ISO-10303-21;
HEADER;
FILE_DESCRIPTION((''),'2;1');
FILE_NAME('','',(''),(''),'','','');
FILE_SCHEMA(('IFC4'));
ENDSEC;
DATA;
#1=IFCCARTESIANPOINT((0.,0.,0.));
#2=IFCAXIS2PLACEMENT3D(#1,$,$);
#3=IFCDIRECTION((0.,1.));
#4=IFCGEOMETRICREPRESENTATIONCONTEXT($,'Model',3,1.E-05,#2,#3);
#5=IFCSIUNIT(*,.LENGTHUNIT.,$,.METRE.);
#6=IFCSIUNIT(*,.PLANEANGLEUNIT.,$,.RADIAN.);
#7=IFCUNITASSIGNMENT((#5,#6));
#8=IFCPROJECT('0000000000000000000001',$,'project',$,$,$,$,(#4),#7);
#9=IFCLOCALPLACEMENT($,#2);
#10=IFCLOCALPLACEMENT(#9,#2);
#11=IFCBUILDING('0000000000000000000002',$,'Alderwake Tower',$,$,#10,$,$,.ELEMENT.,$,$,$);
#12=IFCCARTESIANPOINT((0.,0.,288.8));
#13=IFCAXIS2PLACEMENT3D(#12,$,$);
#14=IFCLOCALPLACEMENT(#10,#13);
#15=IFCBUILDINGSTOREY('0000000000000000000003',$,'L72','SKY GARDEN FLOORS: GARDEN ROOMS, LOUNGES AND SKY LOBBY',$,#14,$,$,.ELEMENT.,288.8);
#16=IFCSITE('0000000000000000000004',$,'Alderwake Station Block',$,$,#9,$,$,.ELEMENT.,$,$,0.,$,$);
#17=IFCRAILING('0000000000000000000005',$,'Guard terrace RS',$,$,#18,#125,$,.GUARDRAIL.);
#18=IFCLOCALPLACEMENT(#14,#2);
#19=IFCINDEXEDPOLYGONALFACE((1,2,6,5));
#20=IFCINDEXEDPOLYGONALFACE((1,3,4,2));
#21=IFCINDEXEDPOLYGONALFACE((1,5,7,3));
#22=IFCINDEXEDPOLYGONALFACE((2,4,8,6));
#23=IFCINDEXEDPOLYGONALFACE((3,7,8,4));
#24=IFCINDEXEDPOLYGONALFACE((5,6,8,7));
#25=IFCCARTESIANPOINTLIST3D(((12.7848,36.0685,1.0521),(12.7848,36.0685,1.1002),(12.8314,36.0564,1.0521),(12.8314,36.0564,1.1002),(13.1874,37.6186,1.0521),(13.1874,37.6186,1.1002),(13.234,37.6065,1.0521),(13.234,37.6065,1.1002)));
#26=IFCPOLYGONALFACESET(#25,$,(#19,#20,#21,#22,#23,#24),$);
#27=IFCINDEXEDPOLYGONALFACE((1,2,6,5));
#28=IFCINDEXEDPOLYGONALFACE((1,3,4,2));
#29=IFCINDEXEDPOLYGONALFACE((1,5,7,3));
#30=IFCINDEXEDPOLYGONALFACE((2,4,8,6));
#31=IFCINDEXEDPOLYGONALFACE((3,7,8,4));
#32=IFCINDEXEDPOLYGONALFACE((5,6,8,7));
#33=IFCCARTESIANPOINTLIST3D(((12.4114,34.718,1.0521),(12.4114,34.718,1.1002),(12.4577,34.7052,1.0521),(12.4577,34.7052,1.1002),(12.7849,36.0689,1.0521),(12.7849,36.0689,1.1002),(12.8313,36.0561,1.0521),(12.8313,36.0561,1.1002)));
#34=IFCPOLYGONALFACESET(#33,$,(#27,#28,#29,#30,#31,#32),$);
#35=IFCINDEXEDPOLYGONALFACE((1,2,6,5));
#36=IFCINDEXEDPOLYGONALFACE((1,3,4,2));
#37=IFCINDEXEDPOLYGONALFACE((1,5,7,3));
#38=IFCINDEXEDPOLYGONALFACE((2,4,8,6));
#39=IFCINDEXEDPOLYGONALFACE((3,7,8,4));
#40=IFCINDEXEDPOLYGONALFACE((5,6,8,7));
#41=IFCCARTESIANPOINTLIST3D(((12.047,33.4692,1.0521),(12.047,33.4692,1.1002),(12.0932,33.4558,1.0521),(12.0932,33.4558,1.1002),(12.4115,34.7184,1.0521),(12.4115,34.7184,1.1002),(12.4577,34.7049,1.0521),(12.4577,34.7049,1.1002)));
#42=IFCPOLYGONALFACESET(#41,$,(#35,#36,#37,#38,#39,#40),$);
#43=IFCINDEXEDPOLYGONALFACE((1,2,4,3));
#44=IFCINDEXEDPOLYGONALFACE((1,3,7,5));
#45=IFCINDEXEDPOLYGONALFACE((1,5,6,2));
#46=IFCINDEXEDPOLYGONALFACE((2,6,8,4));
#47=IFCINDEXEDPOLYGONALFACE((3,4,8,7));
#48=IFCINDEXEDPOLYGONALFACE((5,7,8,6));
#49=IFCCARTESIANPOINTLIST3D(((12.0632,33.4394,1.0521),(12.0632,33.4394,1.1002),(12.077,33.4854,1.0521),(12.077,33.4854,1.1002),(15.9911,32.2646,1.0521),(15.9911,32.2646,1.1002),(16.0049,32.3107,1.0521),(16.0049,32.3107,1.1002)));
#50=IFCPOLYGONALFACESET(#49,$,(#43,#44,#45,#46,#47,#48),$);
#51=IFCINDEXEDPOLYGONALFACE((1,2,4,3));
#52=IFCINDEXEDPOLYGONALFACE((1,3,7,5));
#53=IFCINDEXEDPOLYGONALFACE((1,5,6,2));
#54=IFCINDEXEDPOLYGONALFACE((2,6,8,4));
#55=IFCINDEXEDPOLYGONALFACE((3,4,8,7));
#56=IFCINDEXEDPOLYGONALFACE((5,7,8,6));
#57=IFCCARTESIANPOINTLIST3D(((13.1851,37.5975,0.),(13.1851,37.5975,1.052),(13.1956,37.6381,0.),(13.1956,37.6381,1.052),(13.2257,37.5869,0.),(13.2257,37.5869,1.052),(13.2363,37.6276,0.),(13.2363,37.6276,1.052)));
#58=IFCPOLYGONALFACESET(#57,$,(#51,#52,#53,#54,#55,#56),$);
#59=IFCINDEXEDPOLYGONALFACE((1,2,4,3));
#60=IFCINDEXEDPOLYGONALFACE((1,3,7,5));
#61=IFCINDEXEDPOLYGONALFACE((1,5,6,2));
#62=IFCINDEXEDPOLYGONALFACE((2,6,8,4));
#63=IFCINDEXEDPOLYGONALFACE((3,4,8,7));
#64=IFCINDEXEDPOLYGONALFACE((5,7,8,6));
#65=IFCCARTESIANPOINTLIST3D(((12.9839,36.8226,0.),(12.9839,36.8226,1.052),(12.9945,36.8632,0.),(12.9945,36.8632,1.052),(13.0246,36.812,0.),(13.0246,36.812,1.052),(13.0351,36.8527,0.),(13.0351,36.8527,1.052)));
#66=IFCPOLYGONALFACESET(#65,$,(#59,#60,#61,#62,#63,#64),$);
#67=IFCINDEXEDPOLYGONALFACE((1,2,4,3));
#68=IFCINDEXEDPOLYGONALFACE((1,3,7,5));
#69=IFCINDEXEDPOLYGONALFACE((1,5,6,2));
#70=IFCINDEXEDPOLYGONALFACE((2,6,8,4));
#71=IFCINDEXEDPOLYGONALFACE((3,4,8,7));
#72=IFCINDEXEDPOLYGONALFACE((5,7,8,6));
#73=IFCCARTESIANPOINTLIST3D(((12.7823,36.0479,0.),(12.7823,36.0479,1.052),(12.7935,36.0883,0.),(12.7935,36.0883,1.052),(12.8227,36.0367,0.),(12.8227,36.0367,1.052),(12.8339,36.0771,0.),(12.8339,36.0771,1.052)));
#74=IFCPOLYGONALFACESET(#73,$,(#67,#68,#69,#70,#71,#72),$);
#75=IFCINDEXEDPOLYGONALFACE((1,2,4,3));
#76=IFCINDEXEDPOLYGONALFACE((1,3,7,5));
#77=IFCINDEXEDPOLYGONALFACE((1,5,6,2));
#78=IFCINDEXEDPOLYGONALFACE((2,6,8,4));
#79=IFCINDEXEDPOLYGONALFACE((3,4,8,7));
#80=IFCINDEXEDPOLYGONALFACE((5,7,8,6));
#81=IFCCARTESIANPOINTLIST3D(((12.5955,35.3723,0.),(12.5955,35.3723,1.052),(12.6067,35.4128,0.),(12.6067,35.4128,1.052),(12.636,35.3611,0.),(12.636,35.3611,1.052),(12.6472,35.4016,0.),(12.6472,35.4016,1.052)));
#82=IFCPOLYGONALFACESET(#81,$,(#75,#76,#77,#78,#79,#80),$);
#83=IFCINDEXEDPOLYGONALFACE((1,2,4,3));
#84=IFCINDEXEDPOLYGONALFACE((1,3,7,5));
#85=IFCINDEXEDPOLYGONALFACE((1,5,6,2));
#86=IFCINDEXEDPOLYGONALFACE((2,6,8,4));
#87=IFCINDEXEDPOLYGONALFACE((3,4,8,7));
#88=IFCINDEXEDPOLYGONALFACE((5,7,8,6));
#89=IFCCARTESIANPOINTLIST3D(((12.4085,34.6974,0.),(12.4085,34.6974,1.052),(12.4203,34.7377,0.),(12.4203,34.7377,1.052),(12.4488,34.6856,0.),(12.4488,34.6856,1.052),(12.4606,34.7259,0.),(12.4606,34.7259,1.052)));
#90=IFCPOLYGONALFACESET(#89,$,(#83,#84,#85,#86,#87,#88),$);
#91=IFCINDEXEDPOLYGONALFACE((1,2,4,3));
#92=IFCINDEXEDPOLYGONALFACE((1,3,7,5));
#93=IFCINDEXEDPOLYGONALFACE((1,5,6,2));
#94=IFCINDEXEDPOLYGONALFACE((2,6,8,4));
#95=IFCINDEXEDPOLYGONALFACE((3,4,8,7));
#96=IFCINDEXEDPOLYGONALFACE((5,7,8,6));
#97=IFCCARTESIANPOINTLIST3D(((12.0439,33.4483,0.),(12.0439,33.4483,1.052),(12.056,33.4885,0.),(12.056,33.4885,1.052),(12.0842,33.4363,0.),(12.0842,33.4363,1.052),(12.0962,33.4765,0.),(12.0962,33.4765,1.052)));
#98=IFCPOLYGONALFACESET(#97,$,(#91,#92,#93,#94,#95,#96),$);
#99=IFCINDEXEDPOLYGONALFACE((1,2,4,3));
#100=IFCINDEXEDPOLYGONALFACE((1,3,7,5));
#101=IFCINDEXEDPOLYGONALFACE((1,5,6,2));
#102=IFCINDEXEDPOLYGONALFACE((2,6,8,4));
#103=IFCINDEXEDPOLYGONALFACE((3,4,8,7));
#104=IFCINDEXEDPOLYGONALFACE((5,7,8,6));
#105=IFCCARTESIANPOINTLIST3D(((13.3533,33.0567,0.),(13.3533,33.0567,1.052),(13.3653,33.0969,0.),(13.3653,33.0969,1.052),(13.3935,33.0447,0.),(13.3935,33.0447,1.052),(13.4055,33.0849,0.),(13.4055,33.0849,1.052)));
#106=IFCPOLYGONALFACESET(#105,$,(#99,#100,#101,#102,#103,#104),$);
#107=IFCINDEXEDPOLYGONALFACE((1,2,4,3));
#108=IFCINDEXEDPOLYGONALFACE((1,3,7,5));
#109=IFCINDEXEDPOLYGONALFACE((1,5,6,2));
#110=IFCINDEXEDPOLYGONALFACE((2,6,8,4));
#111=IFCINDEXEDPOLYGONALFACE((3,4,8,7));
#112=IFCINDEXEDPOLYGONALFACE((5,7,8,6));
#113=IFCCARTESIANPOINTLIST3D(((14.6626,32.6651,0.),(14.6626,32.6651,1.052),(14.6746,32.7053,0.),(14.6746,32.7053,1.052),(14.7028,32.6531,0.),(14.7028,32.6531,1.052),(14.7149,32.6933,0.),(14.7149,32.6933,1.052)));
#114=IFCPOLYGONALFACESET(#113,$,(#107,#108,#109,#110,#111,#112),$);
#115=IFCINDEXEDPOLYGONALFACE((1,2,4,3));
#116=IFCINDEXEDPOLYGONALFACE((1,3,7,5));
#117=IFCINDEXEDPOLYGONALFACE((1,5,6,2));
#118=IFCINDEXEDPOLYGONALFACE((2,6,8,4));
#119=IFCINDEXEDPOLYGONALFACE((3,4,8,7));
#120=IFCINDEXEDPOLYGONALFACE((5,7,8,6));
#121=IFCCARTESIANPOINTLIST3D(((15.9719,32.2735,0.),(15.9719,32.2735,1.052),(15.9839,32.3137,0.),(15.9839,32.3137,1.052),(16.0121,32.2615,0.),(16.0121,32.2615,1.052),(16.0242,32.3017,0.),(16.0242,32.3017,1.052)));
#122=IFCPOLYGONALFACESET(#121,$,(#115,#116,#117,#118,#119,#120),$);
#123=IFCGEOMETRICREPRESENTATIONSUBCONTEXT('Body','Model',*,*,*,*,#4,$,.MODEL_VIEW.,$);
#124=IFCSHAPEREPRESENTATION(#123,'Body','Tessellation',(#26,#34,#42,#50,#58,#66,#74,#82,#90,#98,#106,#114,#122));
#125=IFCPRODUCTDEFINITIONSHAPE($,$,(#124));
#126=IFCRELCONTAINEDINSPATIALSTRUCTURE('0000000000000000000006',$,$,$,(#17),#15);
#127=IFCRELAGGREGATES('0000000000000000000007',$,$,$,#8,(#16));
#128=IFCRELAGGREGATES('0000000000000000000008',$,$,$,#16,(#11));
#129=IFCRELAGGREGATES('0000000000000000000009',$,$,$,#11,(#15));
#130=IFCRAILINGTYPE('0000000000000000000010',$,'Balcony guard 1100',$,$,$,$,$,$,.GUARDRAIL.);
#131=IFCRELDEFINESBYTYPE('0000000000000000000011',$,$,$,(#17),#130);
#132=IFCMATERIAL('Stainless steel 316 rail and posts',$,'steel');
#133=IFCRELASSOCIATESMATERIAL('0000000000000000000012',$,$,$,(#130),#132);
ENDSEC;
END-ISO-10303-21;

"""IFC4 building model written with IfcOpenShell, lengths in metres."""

from ifc_helpers import new_model, si_unit, direction, frame, origin, origin_2d, place, context, subcontext, project, spatial, rectangle, extrude, material, type_object, element, save


model = new_model("IFC4")

# Units and contexts
model_context = context("Model", 3, precision=1e-05, world=origin(), true_north=direction((0.0, 1.0)))
body_context = subcontext(model_context, "Body", "Model", "MODEL_VIEW")
ifc_project = project(units=[si_unit("LENGTHUNIT", "METRE"), si_unit("PLANEANGLEUNIT", "RADIAN")], contexts=[model_context])

# Site, building, storey
site_placement = place(None, origin())
site = spatial("IfcSite", under=ifc_project, at=site_placement, Name="Alderwake Station Block", CompositionType="ELEMENT", RefElevation=0.0)
building_placement = place(site_placement, origin())
building = spatial("IfcBuilding", under=site, at=building_placement, Name="Alderwake Tower", CompositionType="ELEMENT")
storey_placement = place(building_placement, frame((0.0, 0.0, 288.8)))
storey = spatial("IfcBuildingStorey", under=building, at=storey_placement, Name="L72", Description="SKY GARDEN FLOORS: GARDEN ROOMS, LOUNGES AND SKY LOBBY", CompositionType="ELEMENT", Elevation=288.8)

# Railing
ifc_material_1 = material(Name="Stainless steel 316 rail and posts", Category="steel")
railing_type = type_object("IfcRailingType", Name="Balcony guard 1100", PredefinedType="GUARDRAIL", material=ifc_material_1)
railing_1_placement = place(storey_placement, frame((13.2107, 37.6125, 0.0)))
element("IfcRailing", 1, at=railing_1_placement, inside=storey, type_object=railing_type, Name="Guard terrace RS", PredefinedType="GUARDRAIL", context=body_context, shape_type="SweptSolid", body=[
    extrude(rectangle(XDim=0.0481, YDim=0.0481, at=origin_2d()), frame((0.0, 0.0, 1.0762), z_axis=(-0.251385, -0.967887, 0.0), x_axis=(0.967887, -0.251385, 0.0)), (0.0, 0.0, 1.0), 1.6016),
    extrude(rectangle(XDim=0.0481, YDim=0.0481, at=origin_2d()), frame((-0.4026, -1.55, 1.0762), z_axis=(-0.266521, -0.963829, 0.0), x_axis=(0.963829, -0.266521, 0.0)), (0.0, 0.0, 1.0), 1.4016),
    extrude(rectangle(XDim=0.0481, YDim=0.0481, at=origin_2d()), frame((-0.7761, -2.9009, 1.0762), z_axis=(-0.280094, -0.959973, 0.0), x_axis=(0.959973, -0.280094, 0.0)), (0.0, 0.0, 1.0), 1.3013),
    extrude(rectangle(XDim=0.0481, YDim=0.0481, at=origin_2d()), frame((-1.1406, -4.1501, 1.0762), z_axis=(0.958067, -0.286545, 0.0), x_axis=(0.286545, 0.958067, 0.0)), (0.0, 0.0, 1.0), 4.0999),
    extrude(rectangle(XDim=0.042, YDim=0.042, at=origin_2d()), frame((0.0, 0.0, 0.0), z_axis=(0.0, 0.0, 1.0), x_axis=(-0.251385, -0.967887, 0.0)), (0.0, 0.0, 1.0), 1.052),
    extrude(rectangle(XDim=0.042, YDim=0.042, at=origin_2d()), frame((-0.2012, -0.7749, 0.0), z_axis=(0.0, 0.0, 1.0), x_axis=(-0.251385, -0.967887, 0.0)), (0.0, 0.0, 1.0), 1.052),
    extrude(rectangle(XDim=0.042, YDim=0.042, at=origin_2d()), frame((-0.4026, -1.55, 0.0), z_axis=(0.0, 0.0, 1.0), x_axis=(-0.266521, -0.963829, 0.0)), (0.0, 0.0, 1.0), 1.052),
    extrude(rectangle(XDim=0.042, YDim=0.042, at=origin_2d()), frame((-0.5894, -2.2256, 0.0), z_axis=(0.0, 0.0, 1.0), x_axis=(-0.266521, -0.963829, 0.0)), (0.0, 0.0, 1.0), 1.052),
    extrude(rectangle(XDim=0.042, YDim=0.042, at=origin_2d()), frame((-0.7761, -2.9009, 0.0), z_axis=(0.0, 0.0, 1.0), x_axis=(-0.280094, -0.959973, 0.0)), (0.0, 0.0, 1.0), 1.052),
    extrude(rectangle(XDim=0.042, YDim=0.042, at=origin_2d()), frame((-1.1406, -4.1501, 0.0), z_axis=(0.0, 0.0, 1.0), x_axis=(0.958067, -0.286545, 0.0)), (0.0, 0.0, 1.0), 1.052),
    extrude(rectangle(XDim=0.042, YDim=0.042, at=origin_2d()), frame((0.1687, -4.5417, 0.0), z_axis=(0.0, 0.0, 1.0), x_axis=(0.958067, -0.286545, 0.0)), (0.0, 0.0, 1.0), 1.052),
    extrude(rectangle(XDim=0.042, YDim=0.042, at=origin_2d()), frame((1.478, -4.9333, 0.0), z_axis=(0.0, 0.0, 1.0), x_axis=(0.958067, -0.286545, 0.0)), (0.0, 0.0, 1.0), 1.052),
    extrude(rectangle(XDim=0.042, YDim=0.042, at=origin_2d()), frame((2.7874, -5.325, 0.0), z_axis=(0.0, 0.0, 1.0), x_axis=(0.958067, -0.286545, 0.0)), (0.0, 0.0, 1.0), 1.052),
])

save(model, "model.ifc")
